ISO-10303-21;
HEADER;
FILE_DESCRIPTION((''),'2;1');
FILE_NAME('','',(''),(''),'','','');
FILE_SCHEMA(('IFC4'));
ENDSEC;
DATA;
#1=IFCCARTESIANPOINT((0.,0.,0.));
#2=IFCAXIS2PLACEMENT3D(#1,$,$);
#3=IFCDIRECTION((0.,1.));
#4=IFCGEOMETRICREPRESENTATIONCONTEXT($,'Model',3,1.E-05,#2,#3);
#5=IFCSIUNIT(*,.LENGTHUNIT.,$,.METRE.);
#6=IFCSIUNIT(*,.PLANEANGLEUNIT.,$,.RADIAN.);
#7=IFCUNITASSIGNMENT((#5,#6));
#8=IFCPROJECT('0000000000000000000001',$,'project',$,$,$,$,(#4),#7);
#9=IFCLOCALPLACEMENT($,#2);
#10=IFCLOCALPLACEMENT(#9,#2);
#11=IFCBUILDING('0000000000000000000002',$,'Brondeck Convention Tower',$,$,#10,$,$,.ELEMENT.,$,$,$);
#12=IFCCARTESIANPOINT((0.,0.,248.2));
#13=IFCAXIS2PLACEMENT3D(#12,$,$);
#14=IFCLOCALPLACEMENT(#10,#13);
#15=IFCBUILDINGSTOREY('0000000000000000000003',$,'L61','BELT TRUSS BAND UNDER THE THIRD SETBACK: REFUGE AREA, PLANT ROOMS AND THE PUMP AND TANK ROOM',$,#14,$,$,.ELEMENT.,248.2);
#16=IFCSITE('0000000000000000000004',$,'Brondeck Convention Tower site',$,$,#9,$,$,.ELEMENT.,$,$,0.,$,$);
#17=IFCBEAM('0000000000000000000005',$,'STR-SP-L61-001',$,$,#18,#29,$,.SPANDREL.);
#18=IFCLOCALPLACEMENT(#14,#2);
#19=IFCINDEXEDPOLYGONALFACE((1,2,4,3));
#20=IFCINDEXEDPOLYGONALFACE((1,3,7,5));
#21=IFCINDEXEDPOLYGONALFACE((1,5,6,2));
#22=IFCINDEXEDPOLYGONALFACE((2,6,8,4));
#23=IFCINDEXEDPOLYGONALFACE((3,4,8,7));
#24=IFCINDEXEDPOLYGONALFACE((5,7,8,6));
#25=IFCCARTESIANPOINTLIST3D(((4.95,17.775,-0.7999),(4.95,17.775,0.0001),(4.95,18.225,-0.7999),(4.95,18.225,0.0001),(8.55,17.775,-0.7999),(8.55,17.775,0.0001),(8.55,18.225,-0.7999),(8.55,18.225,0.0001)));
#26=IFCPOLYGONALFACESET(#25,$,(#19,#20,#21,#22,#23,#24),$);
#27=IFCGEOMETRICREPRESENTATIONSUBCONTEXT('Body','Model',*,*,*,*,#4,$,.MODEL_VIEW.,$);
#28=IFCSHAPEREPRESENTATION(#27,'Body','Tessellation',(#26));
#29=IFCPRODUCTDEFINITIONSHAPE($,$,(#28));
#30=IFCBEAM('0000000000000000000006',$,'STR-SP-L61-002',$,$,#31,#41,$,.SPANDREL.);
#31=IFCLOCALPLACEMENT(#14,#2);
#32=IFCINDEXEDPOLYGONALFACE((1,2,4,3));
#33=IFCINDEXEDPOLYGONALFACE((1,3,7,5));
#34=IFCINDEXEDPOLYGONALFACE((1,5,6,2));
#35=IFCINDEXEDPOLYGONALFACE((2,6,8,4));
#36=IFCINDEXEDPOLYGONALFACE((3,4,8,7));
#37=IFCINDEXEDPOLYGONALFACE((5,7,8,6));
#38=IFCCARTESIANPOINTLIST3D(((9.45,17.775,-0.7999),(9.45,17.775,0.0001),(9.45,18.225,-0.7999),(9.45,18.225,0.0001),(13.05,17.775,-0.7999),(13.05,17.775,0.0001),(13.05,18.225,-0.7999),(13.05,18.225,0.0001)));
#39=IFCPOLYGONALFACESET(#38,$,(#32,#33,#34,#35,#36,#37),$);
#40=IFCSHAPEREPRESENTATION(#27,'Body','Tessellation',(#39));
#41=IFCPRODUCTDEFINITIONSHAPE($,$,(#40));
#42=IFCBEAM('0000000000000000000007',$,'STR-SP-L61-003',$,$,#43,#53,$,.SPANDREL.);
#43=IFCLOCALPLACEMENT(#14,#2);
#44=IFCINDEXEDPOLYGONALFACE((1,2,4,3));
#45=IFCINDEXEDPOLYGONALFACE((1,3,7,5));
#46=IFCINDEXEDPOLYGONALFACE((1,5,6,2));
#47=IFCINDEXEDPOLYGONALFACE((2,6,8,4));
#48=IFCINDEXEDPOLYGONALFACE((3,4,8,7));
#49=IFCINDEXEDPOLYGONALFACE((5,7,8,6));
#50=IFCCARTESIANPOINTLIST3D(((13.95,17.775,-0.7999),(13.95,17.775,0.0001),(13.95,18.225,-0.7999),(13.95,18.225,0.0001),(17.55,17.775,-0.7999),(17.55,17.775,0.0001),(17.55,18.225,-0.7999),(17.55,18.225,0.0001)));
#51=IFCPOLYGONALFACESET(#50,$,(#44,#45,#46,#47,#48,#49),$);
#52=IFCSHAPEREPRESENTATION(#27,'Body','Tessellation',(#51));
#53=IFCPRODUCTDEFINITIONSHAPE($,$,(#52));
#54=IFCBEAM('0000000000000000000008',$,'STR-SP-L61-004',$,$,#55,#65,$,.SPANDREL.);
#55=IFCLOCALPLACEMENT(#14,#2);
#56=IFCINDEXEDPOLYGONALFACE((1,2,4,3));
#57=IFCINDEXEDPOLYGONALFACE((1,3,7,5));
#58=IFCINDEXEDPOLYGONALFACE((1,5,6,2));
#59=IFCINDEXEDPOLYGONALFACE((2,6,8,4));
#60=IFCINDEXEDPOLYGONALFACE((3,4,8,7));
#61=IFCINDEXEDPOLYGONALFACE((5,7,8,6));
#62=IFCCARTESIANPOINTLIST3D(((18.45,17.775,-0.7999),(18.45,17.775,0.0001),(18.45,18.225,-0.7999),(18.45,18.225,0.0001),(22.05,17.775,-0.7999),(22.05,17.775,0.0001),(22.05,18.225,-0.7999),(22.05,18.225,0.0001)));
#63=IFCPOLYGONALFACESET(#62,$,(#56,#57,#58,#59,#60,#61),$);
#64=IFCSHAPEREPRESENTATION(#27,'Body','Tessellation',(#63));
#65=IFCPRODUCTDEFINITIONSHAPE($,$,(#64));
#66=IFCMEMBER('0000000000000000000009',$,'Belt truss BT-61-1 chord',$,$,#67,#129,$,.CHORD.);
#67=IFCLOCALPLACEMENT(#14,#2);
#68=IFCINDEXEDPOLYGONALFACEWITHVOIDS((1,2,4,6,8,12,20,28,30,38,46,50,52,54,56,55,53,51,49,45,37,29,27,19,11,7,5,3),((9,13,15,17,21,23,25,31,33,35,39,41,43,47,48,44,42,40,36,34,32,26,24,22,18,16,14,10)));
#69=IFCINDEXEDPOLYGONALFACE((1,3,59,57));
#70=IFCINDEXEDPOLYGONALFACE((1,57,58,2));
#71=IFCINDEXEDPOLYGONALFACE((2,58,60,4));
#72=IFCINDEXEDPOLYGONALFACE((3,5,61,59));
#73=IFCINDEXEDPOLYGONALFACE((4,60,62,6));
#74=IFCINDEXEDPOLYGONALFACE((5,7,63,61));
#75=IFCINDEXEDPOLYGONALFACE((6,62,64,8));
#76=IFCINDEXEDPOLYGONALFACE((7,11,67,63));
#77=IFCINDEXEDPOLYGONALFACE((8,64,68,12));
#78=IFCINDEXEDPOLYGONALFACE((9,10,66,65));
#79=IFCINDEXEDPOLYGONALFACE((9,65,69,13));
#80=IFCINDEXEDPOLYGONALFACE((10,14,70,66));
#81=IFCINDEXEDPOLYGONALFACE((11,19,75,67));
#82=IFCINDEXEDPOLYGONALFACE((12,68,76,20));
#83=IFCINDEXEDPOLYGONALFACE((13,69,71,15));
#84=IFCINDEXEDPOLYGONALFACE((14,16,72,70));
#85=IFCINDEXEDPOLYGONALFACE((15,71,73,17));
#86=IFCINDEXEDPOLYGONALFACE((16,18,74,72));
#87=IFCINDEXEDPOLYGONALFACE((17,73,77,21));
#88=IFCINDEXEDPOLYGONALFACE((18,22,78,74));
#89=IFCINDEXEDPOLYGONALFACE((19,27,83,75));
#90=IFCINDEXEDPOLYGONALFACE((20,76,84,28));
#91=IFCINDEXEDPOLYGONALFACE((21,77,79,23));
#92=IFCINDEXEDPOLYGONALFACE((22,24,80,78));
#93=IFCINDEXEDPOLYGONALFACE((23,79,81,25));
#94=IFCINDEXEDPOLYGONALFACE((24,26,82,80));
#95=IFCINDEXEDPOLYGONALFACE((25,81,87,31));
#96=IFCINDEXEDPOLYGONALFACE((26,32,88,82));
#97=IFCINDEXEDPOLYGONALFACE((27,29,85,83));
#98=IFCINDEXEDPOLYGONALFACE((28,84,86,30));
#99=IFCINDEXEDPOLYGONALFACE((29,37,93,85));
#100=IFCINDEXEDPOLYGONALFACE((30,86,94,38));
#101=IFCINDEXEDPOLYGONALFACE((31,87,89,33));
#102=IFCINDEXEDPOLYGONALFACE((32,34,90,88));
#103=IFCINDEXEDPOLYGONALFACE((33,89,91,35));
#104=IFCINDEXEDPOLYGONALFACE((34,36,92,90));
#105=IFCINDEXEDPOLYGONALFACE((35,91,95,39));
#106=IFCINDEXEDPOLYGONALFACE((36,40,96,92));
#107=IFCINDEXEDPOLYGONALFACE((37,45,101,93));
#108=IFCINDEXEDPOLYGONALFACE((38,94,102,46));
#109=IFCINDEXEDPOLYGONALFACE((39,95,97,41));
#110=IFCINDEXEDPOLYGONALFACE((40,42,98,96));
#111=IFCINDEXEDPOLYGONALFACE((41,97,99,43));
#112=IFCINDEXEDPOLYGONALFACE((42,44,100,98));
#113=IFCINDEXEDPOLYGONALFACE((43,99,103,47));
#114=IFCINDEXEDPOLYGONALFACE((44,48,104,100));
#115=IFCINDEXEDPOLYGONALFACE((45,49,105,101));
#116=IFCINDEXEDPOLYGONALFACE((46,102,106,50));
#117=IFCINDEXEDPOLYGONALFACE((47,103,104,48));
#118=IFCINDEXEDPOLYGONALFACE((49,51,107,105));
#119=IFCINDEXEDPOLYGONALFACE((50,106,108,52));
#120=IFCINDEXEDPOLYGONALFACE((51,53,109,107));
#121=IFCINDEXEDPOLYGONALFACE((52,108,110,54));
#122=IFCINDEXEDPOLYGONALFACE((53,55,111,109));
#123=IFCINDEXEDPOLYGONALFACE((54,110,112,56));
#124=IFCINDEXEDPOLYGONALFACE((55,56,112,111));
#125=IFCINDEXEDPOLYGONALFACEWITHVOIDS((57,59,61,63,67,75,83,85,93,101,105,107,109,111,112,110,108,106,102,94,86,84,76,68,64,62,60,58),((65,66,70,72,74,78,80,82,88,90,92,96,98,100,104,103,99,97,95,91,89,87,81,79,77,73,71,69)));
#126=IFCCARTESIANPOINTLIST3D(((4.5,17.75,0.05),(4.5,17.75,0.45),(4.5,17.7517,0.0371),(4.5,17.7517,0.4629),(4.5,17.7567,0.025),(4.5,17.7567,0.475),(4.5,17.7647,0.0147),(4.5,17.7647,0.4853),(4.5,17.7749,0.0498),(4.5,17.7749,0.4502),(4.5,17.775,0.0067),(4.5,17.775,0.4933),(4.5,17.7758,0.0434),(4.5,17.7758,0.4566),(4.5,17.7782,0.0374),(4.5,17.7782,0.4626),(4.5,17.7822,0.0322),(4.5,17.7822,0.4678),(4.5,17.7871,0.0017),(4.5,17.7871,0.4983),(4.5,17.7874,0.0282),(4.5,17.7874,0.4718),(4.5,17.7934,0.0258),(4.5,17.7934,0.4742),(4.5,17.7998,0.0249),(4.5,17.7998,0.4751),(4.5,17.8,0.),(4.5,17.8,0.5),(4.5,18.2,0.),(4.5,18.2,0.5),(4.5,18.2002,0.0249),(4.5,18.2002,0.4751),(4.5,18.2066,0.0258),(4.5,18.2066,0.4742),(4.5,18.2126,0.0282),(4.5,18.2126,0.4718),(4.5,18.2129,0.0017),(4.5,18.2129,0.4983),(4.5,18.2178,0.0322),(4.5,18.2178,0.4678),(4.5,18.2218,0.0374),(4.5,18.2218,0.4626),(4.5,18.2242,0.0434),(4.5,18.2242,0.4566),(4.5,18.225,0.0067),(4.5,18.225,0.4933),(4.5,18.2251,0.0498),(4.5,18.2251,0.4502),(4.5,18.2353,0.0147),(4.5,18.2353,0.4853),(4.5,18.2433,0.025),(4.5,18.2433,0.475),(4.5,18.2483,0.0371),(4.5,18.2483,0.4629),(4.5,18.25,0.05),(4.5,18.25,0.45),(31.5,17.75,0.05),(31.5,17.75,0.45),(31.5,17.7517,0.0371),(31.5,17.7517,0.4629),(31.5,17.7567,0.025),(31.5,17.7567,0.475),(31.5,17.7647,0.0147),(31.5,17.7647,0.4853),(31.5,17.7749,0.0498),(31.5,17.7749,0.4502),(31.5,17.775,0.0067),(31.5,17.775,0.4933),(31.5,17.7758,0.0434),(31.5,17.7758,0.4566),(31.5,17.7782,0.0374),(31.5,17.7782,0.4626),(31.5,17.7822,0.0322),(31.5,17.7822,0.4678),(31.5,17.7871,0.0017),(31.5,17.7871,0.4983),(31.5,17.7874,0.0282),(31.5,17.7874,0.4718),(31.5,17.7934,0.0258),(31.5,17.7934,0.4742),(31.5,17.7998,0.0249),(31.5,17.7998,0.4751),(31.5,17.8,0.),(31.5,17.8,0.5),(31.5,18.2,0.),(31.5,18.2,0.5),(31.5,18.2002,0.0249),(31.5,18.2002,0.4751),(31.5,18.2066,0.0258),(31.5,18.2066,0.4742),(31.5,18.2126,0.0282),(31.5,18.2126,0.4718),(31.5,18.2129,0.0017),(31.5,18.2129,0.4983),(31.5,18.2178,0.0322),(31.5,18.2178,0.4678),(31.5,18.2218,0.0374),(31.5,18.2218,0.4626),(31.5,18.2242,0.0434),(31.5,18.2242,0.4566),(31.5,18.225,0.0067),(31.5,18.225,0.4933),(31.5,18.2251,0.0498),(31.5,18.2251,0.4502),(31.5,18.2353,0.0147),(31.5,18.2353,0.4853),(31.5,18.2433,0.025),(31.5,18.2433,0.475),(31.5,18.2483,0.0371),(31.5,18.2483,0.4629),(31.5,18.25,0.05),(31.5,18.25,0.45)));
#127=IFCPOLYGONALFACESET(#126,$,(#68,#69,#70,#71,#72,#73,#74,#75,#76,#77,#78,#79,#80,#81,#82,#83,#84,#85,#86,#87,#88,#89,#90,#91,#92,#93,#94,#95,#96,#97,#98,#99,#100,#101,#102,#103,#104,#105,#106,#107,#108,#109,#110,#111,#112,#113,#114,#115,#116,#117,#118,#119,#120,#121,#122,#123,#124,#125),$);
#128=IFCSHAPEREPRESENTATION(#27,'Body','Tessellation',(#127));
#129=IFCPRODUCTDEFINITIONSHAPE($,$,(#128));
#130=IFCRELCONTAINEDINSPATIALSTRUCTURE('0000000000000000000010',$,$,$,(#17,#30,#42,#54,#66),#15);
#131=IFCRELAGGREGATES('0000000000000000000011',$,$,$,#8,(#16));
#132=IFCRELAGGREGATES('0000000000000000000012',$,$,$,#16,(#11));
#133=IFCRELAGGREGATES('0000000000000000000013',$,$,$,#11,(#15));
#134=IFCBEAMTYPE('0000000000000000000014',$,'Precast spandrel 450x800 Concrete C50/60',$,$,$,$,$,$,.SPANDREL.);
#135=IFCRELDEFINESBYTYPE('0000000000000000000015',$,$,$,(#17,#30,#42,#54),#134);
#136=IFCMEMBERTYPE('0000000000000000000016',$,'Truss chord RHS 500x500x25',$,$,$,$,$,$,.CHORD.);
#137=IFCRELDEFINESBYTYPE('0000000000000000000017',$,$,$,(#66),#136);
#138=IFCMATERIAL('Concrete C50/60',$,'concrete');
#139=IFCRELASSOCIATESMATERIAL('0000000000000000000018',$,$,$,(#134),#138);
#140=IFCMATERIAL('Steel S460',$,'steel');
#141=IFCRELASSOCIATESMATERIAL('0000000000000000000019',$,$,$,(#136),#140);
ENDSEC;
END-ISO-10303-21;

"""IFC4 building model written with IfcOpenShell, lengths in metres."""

from ifc_helpers import new_model, si_unit, direction, frame, origin, origin_2d, place, context, subcontext, project, spatial, rectangle, hollow_rectangle, extrude, material, material_profile, profile_set, type_object, element, save


model = new_model("IFC4")

# Units and contexts
model_context = context("Model", 3, precision=1e-05, world=origin(), true_north=direction((0.0, 1.0)))
body_context = subcontext(model_context, "Body", "Model", "MODEL_VIEW")
ifc_project = project(units=[si_unit("LENGTHUNIT", "METRE"), si_unit("PLANEANGLEUNIT", "RADIAN")], contexts=[model_context])

# Site, building, storey
site_placement = place(None, origin())
site = spatial("IfcSite", under=ifc_project, at=site_placement, Name="Brondeck Convention Tower site", CompositionType="ELEMENT", RefElevation=0.0)
building_placement = place(site_placement, origin())
building = spatial("IfcBuilding", under=site, at=building_placement, Name="Brondeck Convention Tower", CompositionType="ELEMENT")
storey_placement = place(building_placement, frame((0.0, 0.0, 248.2)))
storey = spatial("IfcBuildingStorey", under=building, at=storey_placement, Name="L61", Description="BELT TRUSS BAND UNDER THE THIRD SETBACK: REFUGE AREA, PLANT ROOMS AND THE PUMP AND TANK ROOM", CompositionType="ELEMENT", Elevation=248.2)

# Shared definitions
ifc_material_1 = material(Name="Concrete C50/60", Category="concrete")

# Shared definitions
ifc_material_2 = material(Name="Steel S460", Category="steel")

# Beams
ifc_material_profile_1 = material_profile(ifc_material_1, rectangle(XDim=0.45, YDim=0.8, at=origin_2d()), Name="Precast spandrel 450x800 Concrete C50/60")
ifc_profile_set_1 = profile_set([ifc_material_profile_1], Name="Concrete C50/60")
beam_type = type_object("IfcBeamType", Name="Precast spandrel 450x800 Concrete C50/60", PredefinedType="SPANDREL", material=ifc_profile_set_1)
for number, where, z_axis, x_axis, name in (
    (1, (4.95, 18.0, -0.3999), (1.0, 0.0, 0.0), (0.0, 1.0, 0.0), "STR-SP-L61-001"),
    (2, (9.45, 18.0, -0.3999), (1.0, 0.0, 0.0), (0.0, 1.0, 0.0), "STR-SP-L61-002"),
    (3, (13.95, 18.0, -0.3999), (1.0, 0.0, 0.0), (0.0, 1.0, 0.0), "STR-SP-L61-003"),
    (4, (18.45, 18.0, -0.3999), (1.0, 0.0, 0.0), (0.0, 1.0, 0.0), "STR-SP-L61-004"),
):
    element("IfcBeam", number, at=place(storey_placement, frame(where, z_axis=z_axis, x_axis=x_axis)), inside=storey, type_object=beam_type, Name=name, PredefinedType="SPANDREL", context=body_context, shape_type="SweptSolid", body=[
        extrude(rectangle(XDim=0.45, YDim=0.8, at=origin_2d()), origin(), (0.0, 0.0, 1.0), 3.6001),
    ])

# Member
ifc_material_profile_2 = material_profile(ifc_material_2, hollow_rectangle(XDim=0.5, YDim=0.5, WallThickness=0.0249, InnerFilletRadius=0.0249, OuterFilletRadius=0.05, at=origin_2d()), Name="RHS 500x500x25")
ifc_profile_set_2 = profile_set([ifc_material_profile_2], Name="Steel S460")
member_type_1 = type_object("IfcMemberType", Name="Truss chord RHS 500x500x25", PredefinedType="CHORD", material=ifc_profile_set_2)
member_placement = place(storey_placement, frame((4.5, 18.0, 0.25), z_axis=(1.0, 0.0, 0.0), x_axis=(0.0, 1.0, 0.0)))
element("IfcMember", 5, at=member_placement, inside=storey, type_object=member_type_1, Name="Belt truss BT-61-1 chord", PredefinedType="CHORD", context=body_context, shape_type="SweptSolid", body=[
    extrude(hollow_rectangle(XDim=0.5, YDim=0.5, WallThickness=0.0249, InnerFilletRadius=0.0249, OuterFilletRadius=0.05, at=origin_2d()), origin(), (0.0, 0.0, 1.0), 27.0),
])

save(model, "model.ifc")
